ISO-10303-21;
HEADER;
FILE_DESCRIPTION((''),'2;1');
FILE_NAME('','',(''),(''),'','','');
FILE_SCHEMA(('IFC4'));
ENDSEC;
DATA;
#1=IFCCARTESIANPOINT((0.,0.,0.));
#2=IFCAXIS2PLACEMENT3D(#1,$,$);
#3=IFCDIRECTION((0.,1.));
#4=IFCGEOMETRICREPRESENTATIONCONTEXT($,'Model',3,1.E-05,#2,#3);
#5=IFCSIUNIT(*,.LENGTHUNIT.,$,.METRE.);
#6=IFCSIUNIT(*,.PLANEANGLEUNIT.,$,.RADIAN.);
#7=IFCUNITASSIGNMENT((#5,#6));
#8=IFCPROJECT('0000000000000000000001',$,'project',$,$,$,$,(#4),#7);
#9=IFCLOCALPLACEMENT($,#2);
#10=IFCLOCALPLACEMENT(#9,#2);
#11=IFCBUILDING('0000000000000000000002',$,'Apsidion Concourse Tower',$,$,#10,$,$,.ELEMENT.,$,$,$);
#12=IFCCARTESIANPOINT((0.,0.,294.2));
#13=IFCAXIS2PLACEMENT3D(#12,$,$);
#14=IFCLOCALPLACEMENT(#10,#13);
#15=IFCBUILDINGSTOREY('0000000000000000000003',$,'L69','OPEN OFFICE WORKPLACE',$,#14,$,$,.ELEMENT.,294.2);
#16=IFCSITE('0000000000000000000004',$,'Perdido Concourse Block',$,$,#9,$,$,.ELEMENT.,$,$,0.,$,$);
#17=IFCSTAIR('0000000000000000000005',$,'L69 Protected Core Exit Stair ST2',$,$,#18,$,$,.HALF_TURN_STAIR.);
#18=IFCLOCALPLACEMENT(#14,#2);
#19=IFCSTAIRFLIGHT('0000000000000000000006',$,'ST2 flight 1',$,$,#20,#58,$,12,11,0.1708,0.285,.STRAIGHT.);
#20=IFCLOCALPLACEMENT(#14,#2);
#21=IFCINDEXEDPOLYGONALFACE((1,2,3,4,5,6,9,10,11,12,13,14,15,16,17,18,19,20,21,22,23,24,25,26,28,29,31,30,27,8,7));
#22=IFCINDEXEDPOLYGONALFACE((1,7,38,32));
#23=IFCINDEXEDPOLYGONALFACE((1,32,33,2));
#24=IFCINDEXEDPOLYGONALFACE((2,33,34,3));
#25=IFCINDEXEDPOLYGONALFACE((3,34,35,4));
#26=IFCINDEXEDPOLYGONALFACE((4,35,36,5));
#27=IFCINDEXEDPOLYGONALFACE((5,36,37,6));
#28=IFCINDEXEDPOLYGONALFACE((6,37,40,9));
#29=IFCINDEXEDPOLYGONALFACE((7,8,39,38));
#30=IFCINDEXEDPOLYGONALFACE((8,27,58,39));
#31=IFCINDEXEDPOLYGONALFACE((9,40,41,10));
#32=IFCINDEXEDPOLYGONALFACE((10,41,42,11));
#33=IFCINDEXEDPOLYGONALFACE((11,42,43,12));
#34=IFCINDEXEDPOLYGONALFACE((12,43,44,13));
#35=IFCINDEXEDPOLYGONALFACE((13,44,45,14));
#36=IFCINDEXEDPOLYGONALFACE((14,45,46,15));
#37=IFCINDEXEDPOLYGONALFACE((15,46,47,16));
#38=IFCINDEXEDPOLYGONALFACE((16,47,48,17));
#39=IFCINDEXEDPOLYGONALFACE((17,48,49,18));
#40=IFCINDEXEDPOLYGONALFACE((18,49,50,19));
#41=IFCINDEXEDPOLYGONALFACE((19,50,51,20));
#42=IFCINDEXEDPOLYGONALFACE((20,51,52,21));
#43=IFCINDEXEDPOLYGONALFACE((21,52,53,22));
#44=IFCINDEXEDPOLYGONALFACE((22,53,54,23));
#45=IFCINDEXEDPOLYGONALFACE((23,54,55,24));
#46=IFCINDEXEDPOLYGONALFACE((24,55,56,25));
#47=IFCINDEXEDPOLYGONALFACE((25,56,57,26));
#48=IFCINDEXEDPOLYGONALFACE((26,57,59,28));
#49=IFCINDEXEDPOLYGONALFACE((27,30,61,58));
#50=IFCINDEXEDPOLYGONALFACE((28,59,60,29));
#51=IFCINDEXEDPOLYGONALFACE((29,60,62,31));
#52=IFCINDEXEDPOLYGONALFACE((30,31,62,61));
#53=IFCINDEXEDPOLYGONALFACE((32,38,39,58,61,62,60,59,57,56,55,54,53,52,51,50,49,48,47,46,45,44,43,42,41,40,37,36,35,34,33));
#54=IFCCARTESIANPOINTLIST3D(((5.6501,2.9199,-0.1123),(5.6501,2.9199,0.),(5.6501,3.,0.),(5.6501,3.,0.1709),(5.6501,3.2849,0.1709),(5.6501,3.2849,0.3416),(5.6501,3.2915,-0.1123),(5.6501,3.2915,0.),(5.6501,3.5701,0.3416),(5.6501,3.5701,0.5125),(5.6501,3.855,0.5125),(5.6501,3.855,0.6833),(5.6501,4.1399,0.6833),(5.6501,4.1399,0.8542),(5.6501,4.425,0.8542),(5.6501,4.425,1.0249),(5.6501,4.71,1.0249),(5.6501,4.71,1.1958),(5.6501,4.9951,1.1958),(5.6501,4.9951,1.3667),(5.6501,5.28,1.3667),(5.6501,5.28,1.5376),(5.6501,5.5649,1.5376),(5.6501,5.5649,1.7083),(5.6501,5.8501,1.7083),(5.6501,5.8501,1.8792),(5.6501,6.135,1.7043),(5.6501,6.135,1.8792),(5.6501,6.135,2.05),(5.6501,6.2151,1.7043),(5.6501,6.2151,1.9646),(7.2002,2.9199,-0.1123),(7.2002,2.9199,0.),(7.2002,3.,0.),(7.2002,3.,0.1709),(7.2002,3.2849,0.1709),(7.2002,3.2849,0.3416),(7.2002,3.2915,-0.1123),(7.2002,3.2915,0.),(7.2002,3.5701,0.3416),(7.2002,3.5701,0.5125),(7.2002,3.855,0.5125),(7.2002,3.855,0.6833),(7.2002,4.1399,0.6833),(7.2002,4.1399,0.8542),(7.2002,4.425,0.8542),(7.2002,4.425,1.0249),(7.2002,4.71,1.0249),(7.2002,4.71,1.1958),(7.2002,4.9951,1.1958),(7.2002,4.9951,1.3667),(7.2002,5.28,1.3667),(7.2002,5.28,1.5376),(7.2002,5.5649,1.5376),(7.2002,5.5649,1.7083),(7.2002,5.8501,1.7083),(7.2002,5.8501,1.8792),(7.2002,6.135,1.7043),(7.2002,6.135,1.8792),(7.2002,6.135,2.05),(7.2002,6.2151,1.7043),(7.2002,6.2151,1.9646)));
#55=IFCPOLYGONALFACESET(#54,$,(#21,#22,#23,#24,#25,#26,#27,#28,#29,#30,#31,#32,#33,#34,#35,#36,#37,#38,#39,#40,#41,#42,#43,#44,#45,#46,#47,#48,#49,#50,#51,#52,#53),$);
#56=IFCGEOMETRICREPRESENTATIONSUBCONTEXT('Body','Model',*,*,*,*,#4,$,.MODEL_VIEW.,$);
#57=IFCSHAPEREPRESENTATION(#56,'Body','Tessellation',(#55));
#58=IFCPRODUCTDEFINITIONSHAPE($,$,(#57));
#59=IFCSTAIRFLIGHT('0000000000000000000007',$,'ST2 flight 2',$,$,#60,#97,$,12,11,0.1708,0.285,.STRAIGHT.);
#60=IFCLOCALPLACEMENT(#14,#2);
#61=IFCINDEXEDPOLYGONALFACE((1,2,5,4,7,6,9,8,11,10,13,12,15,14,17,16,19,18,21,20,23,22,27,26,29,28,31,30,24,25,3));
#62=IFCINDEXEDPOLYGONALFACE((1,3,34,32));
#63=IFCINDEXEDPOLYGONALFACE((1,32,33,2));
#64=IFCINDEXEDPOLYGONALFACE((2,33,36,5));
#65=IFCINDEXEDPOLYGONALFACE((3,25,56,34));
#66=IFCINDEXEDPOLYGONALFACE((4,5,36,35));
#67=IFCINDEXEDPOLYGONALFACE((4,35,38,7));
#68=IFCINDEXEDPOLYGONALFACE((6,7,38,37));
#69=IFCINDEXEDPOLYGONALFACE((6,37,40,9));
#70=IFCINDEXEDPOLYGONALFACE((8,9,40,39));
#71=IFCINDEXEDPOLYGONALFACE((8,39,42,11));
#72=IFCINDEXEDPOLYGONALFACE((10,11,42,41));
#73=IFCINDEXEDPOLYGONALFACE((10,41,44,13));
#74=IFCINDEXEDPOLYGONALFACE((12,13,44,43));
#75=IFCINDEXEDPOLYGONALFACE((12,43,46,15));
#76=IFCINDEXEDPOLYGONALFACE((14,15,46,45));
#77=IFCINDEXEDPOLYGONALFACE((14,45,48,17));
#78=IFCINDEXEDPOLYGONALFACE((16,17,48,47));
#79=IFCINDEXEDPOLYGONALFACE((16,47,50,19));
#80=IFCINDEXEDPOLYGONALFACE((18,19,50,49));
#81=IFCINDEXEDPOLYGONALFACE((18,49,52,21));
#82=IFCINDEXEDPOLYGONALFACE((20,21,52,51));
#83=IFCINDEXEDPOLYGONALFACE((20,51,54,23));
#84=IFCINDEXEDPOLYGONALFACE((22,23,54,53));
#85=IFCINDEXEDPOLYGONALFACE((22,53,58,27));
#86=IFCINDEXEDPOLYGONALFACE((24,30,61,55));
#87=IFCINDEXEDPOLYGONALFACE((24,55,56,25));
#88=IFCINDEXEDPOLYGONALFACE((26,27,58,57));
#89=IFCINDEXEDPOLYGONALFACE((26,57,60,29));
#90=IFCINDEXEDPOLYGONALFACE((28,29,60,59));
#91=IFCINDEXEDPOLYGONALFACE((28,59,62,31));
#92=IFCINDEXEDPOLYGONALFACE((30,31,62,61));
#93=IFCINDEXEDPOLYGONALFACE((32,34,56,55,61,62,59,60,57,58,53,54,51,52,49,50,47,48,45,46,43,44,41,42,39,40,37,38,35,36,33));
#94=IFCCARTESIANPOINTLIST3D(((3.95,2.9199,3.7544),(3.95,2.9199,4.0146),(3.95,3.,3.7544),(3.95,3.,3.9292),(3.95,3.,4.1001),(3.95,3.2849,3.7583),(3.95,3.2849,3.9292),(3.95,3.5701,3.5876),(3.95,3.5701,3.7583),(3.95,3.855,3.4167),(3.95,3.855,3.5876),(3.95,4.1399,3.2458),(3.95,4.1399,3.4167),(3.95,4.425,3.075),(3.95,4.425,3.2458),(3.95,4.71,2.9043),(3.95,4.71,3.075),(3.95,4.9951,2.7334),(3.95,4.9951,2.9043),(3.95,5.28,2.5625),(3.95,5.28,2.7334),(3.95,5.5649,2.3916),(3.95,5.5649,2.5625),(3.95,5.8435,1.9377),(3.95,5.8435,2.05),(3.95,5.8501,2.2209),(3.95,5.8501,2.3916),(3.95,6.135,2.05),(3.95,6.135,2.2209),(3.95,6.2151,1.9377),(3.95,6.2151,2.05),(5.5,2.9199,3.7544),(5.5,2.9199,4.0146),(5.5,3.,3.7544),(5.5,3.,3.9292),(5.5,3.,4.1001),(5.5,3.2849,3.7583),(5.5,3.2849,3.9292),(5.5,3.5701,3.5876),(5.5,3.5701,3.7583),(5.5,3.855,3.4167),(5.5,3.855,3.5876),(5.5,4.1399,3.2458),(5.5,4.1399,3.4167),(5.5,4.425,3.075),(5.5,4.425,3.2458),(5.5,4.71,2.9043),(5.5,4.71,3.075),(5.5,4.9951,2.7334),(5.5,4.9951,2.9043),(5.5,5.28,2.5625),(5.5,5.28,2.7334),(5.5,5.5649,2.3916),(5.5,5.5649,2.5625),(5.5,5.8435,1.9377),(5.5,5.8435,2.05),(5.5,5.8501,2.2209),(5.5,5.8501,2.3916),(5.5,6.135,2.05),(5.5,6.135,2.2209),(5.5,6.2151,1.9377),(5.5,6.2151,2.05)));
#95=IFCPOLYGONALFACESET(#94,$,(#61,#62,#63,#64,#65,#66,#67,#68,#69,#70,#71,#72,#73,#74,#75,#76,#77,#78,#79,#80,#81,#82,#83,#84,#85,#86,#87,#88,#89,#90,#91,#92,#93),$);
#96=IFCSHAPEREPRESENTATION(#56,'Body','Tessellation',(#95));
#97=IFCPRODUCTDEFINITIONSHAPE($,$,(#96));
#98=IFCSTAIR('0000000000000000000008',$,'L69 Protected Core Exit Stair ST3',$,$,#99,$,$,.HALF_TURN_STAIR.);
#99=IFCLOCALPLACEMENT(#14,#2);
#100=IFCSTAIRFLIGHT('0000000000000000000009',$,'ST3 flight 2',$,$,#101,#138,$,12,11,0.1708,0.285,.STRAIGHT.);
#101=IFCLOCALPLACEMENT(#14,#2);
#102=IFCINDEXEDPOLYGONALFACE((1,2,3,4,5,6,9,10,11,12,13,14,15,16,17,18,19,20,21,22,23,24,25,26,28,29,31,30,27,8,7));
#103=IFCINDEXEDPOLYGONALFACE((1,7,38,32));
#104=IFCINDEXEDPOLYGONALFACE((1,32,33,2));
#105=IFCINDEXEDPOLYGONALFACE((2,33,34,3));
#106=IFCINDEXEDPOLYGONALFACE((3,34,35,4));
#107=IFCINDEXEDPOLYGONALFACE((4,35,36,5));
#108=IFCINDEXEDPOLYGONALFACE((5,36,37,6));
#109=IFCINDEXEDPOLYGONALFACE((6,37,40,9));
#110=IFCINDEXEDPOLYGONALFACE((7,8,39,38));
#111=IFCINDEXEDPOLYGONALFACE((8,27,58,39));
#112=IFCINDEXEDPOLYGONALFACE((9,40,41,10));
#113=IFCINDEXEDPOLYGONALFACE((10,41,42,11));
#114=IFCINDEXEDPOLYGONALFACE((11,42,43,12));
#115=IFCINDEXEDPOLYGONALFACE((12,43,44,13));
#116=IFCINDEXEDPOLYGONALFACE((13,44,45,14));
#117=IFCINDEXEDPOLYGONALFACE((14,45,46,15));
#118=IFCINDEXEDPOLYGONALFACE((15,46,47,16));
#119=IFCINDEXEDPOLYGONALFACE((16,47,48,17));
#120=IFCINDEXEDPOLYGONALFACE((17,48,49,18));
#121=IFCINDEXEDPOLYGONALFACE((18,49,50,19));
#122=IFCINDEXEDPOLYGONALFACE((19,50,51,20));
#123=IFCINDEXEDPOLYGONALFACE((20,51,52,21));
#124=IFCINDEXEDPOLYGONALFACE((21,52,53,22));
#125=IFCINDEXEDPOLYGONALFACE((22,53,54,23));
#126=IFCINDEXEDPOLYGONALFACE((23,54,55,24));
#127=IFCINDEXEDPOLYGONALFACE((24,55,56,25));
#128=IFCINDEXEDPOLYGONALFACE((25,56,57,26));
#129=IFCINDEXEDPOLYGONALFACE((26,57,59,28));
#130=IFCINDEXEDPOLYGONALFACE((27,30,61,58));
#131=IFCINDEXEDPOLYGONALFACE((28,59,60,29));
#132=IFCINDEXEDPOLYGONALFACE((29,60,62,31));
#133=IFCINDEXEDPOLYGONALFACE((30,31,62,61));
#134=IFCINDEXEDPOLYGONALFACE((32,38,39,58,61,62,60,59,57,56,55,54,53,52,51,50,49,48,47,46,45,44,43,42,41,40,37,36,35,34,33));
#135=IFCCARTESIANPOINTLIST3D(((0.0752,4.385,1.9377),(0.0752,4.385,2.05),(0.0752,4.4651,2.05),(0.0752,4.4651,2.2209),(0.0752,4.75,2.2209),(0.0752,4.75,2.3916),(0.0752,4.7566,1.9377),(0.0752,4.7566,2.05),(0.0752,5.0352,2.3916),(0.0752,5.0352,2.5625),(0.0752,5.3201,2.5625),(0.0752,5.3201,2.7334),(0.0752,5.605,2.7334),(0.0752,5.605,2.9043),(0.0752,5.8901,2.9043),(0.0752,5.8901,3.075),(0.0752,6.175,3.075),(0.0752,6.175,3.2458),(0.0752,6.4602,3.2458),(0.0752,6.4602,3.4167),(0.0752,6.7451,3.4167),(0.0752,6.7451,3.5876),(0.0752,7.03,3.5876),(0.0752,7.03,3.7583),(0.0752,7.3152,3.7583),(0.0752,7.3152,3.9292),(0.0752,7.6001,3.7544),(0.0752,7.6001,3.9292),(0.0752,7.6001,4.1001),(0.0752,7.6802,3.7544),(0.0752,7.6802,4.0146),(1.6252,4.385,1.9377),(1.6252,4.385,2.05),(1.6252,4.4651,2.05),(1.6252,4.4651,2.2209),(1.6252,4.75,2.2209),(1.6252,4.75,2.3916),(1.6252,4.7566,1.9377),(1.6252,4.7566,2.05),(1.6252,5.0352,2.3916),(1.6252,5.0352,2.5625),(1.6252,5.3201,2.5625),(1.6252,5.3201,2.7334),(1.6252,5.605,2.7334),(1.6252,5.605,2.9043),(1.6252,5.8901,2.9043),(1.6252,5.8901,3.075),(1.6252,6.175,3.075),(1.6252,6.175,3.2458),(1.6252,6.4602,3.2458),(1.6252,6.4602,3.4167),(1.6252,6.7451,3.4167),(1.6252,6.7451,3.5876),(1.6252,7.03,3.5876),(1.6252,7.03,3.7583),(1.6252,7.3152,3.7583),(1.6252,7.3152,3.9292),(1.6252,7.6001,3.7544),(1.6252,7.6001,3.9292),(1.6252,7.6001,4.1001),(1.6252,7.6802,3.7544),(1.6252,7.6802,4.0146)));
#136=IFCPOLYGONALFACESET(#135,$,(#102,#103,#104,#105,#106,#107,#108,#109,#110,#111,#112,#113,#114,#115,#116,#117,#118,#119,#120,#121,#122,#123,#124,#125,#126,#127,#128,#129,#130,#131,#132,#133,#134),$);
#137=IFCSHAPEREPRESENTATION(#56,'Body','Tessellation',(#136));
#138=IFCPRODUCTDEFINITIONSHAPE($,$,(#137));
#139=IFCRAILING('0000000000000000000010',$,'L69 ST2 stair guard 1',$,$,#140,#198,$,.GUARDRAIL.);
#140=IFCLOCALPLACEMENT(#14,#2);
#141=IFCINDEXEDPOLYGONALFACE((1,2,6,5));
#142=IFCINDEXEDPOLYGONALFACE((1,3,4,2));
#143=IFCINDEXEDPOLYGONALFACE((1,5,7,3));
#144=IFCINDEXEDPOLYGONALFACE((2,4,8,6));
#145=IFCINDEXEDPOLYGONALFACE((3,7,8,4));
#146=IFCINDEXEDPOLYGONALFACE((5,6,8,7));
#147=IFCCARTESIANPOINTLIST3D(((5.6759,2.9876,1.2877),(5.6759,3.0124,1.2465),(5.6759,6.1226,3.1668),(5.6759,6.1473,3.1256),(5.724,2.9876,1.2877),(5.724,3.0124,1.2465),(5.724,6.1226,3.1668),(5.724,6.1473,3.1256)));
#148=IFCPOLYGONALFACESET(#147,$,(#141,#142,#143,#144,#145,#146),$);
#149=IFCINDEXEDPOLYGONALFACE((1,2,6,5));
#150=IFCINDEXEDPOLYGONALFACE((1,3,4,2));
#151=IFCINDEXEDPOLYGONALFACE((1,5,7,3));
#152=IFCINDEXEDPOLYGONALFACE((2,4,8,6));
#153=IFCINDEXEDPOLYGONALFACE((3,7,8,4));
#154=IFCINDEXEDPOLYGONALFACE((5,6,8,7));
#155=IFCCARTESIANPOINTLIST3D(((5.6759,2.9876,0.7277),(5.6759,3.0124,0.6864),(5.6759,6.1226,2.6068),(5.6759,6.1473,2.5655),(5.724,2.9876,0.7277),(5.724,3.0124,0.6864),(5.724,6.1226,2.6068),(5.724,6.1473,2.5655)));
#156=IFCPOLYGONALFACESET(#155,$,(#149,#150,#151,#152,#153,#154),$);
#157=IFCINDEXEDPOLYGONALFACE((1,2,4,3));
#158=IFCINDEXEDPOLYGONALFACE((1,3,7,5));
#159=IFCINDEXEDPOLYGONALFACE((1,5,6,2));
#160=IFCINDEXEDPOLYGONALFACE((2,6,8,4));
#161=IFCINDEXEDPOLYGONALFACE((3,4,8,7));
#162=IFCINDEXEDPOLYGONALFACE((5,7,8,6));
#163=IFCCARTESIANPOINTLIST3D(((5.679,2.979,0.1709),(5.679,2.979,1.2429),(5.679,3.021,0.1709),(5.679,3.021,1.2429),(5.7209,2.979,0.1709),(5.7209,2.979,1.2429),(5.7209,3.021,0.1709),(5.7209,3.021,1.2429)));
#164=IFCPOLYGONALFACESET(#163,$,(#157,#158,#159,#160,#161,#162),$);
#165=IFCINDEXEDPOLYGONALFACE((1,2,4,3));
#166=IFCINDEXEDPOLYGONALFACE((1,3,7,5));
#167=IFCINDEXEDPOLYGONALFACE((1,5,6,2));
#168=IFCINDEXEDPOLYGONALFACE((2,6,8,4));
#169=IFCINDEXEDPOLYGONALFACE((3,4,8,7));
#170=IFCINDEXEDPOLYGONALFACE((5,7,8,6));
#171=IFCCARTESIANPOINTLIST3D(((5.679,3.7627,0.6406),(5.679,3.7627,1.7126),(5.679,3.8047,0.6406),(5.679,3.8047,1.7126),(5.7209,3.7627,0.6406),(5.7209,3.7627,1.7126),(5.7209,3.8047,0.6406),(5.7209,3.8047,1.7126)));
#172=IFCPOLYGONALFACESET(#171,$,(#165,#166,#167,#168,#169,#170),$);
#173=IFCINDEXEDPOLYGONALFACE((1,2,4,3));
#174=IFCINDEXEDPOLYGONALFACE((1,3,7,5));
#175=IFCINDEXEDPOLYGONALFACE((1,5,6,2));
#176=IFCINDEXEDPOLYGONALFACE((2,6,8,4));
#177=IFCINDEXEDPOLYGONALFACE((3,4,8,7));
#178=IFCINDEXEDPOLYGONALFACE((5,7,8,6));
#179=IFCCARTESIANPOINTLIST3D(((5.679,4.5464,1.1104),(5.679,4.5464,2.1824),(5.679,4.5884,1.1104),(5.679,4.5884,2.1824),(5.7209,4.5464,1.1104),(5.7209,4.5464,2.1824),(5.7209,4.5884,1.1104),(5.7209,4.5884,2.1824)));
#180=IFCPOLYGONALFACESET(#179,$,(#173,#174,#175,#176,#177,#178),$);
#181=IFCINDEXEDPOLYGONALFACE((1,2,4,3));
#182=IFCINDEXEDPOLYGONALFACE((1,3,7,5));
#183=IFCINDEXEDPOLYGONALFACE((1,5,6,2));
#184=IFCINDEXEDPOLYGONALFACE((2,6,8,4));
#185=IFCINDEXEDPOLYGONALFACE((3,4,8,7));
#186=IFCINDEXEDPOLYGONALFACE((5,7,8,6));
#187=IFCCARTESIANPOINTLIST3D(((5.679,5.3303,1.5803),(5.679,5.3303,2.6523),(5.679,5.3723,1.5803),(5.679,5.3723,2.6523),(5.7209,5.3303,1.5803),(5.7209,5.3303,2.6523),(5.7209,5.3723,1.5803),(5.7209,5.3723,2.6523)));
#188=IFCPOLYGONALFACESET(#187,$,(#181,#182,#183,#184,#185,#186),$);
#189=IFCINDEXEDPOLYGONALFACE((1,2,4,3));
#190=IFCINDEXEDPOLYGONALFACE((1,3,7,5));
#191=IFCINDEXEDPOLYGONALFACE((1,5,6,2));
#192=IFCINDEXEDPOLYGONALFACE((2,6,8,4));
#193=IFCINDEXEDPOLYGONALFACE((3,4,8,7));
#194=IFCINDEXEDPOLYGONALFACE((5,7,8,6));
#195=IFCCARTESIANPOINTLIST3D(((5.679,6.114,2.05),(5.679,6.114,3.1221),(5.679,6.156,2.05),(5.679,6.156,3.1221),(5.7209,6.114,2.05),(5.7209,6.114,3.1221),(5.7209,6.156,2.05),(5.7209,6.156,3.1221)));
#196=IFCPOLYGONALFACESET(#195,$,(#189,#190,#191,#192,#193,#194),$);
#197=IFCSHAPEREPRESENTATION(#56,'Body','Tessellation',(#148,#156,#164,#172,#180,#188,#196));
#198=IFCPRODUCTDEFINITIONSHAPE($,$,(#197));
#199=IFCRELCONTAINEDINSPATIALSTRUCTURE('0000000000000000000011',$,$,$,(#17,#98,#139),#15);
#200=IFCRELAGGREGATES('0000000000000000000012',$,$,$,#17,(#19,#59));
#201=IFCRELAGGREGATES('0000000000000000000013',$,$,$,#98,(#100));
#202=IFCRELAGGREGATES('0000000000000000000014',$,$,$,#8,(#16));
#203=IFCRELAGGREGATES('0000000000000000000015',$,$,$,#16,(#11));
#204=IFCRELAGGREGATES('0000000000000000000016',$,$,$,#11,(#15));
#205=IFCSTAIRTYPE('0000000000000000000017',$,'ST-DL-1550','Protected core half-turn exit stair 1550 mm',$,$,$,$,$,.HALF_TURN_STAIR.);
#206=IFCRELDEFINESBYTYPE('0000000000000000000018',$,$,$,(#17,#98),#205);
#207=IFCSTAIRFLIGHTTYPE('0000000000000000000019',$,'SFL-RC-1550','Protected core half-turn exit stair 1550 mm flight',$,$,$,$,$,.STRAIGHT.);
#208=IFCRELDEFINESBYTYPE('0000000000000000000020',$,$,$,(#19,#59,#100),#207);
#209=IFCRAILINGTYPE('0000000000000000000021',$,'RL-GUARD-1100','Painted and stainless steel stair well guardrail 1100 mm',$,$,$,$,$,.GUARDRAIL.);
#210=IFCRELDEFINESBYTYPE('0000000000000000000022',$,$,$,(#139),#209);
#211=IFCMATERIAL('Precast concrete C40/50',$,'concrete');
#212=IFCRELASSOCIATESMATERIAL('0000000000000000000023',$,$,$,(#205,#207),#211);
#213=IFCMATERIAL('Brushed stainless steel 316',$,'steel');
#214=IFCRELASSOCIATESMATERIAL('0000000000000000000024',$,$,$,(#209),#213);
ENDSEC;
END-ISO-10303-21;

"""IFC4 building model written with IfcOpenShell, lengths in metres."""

from ifc_helpers import new_model, si_unit, direction, frame, origin, origin_2d, place, context, subcontext, project, spatial, polyline, rectangle, outline, extrude, material, type_object, element, aggregate, save


model = new_model("IFC4")

# Units and contexts
model_context = context("Model", 3, precision=1e-05, world=origin(), true_north=direction((0.0, 1.0)))
body_context = subcontext(model_context, "Body", "Model", "MODEL_VIEW")
ifc_project = project(units=[si_unit("LENGTHUNIT", "METRE"), si_unit("PLANEANGLEUNIT", "RADIAN")], contexts=[model_context])

# Site, building, storey
site_placement = place(None, origin())
site = spatial("IfcSite", under=ifc_project, at=site_placement, Name="Perdido Concourse Block", CompositionType="ELEMENT", RefElevation=0.0)
building_placement = place(site_placement, origin())
building = spatial("IfcBuilding", under=site, at=building_placement, Name="Apsidion Concourse Tower", CompositionType="ELEMENT")
storey_placement = place(building_placement, frame((0.0, 0.0, 294.2)))
storey = spatial("IfcBuildingStorey", under=building, at=storey_placement, Name="L69", Description="OPEN OFFICE WORKPLACE", CompositionType="ELEMENT", Elevation=294.2)

# Stair, stair flights
ifc_material_1 = material(Name="Precast concrete C40/50", Category="concrete")
stair_type = type_object("IfcStairType", Name="ST-DL-1550", Description="Protected core half-turn exit stair 1550 mm", PredefinedType="HALF_TURN_STAIR", material=ifc_material_1)
stair_1_placement = place(storey_placement, origin())
stair_1 = element("IfcStair", 1, at=stair_1_placement, inside=storey, type_object=stair_type, Name="L69 Protected Core Exit Stair ST2", PredefinedType="HALF_TURN_STAIR")
stair_flight_type = type_object("IfcStairFlightType", Name="SFL-RC-1550", Description="Protected core half-turn exit stair 1550 mm flight", PredefinedType="STRAIGHT", material=ifc_material_1)
stair_flight_1_placement = place(storey_placement, frame((6.425, 3.0, 0.0), z_axis=(0.0, 0.0, 1.0), x_axis=(0.0, 1.0, 0.0)))
stair_flight_1 = element("IfcStairFlight", 2, at=stair_flight_1_placement, type_object=stair_flight_type, Name="ST2 flight 1", NumberOfRisers=12, NumberOfTreads=11, PredefinedType="STRAIGHT", RiserHeight=0.1708, TreadLength=0.285, context=body_context, shape_type="SweptSolid", body=[
    extrude(outline(polyline([(-0.0801, -0.1123), (-0.0801, 0.0), (0.0, 0.0), (0.0, 0.1709), (0.2849, 0.1709), (0.2849, 0.3416), (0.5701, 0.3416), (0.5701, 0.5125), (0.855, 0.5125), (0.855, 0.6833), (1.1399, 0.6833), (1.1399, 0.8542), (1.425, 0.8542), (1.425, 1.0249), (1.71, 1.0249), (1.71, 1.1958), (1.9951, 1.1958), (1.9951, 1.3667), (2.28, 1.3667), (2.28, 1.5376), (2.5649, 1.5376), (2.5649, 1.7083), (2.8501, 1.7083), (2.8501, 1.8792), (3.135, 1.8792), (3.135, 2.05), (3.2151, 1.9646), (3.2151, 1.7043), (3.135, 1.7043), (0.2915, 0.0), (0.2915, -0.1123), (-0.0801, -0.1123)])), frame((0.0, 0.7749, 0.0), z_axis=(0.0, -1.0, 0.0), x_axis=(1.0, 0.0, 0.0)), (0.0, 0.0, 1.0), 1.55),
])
stair_flight_2_placement = place(storey_placement, frame((4.7251, 6.135, 2.05), z_axis=(0.0, 0.0, 1.0), x_axis=(0.0, -1.0, 0.0)))
stair_flight_2 = element("IfcStairFlight", 3, at=stair_flight_2_placement, type_object=stair_flight_type, Name="ST2 flight 2", NumberOfRisers=12, NumberOfTreads=11, PredefinedType="STRAIGHT", RiserHeight=0.1708, TreadLength=0.285, context=body_context, shape_type="SweptSolid", body=[
    extrude(outline(polyline([(-0.0801, -0.1123), (-0.0801, 0.0), (0.0, 0.0), (0.0, 0.1709), (0.2849, 0.1709), (0.2849, 0.3416), (0.5701, 0.3416), (0.5701, 0.5125), (0.855, 0.5125), (0.855, 0.6833), (1.1399, 0.6833), (1.1399, 0.8542), (1.425, 0.8542), (1.425, 1.0249), (1.71, 1.0249), (1.71, 1.1958), (1.9951, 1.1958), (1.9951, 1.3667), (2.28, 1.3667), (2.28, 1.5376), (2.5649, 1.5376), (2.5649, 1.7083), (2.8501, 1.7083), (2.8501, 1.8792), (3.135, 1.8792), (3.135, 2.05), (3.2151, 1.9646), (3.2151, 1.7043), (3.135, 1.7043), (0.2915, 0.0), (0.2915, -0.1123), (-0.0801, -0.1123)])), frame((0.0, 0.7749, 0.0), z_axis=(0.0, -1.0, 0.0), x_axis=(1.0, 0.0, 0.0)), (0.0, 0.0, 1.0), 1.55),
])
aggregate(stair_1, [stair_flight_1, stair_flight_2])

# Stair, stair flight
stair_2_placement = place(storey_placement, origin())
stair_2 = element("IfcStair", 4, at=stair_2_placement, inside=storey, type_object=stair_type, Name="L69 Protected Core Exit Stair ST3", PredefinedType="HALF_TURN_STAIR")
stair_flight_3_placement = place(storey_placement, frame((0.8501, 4.4651, 2.05), z_axis=(0.0, 0.0, 1.0), x_axis=(0.0, 1.0, 0.0)))
stair_flight_3 = element("IfcStairFlight", 5, at=stair_flight_3_placement, type_object=stair_flight_type, Name="ST3 flight 2", NumberOfRisers=12, NumberOfTreads=11, PredefinedType="STRAIGHT", RiserHeight=0.1708, TreadLength=0.285, context=body_context, shape_type="SweptSolid", body=[
    extrude(outline(polyline([(-0.0801, -0.1123), (-0.0801, 0.0), (0.0, 0.0), (0.0, 0.1709), (0.2849, 0.1709), (0.2849, 0.3416), (0.5701, 0.3416), (0.5701, 0.5125), (0.855, 0.5125), (0.855, 0.6833), (1.1399, 0.6833), (1.1399, 0.8542), (1.425, 0.8542), (1.425, 1.0249), (1.71, 1.0249), (1.71, 1.1958), (1.9951, 1.1958), (1.9951, 1.3667), (2.28, 1.3667), (2.28, 1.5376), (2.5649, 1.5376), (2.5649, 1.7083), (2.8501, 1.7083), (2.8501, 1.8792), (3.135, 1.8792), (3.135, 2.05), (3.2151, 1.9646), (3.2151, 1.7043), (3.135, 1.7043), (0.2915, 0.0), (0.2915, -0.1123), (-0.0801, -0.1123)])), frame((0.0, 0.7749, 0.0), z_axis=(0.0, -1.0, 0.0), x_axis=(1.0, 0.0, 0.0)), (0.0, 0.0, 1.0), 1.55),
])
aggregate(stair_2, [stair_flight_3])

# Railing
ifc_material_2 = material(Name="Brushed stainless steel 316", Category="steel")
railing_type_1 = type_object("IfcRailingType", Name="RL-GUARD-1100", Description="Painted and stainless steel stair well guardrail 1100 mm", PredefinedType="GUARDRAIL", material=ifc_material_2)
railing_1_placement = place(storey_placement, frame((5.7, 3.0, 0.1709)))
element("IfcRailing", 6, at=railing_1_placement, inside=storey, type_object=railing_type_1, Name="L69 ST2 stair guard 1", PredefinedType="GUARDRAIL", context=body_context, shape_type="SweptSolid", body=[
    extrude(rectangle(XDim=0.0481, YDim=0.0481, at=origin_2d()), frame((0.0, 0.0, 1.0962), z_axis=(0.0, 0.857717, 0.514122), x_axis=(-1.0, 0.0, 0.0)), (0.0, 0.0, 1.0), 3.655),
    extrude(rectangle(XDim=0.0481, YDim=0.0481, at=origin_2d()), frame((0.0, 0.0, 0.5361), z_axis=(0.0, 0.857717, 0.514122), x_axis=(-1.0, 0.0, 0.0)), (0.0, 0.0, 1.0), 3.655),
    extrude(rectangle(XDim=0.042, YDim=0.042, at=origin_2d()), origin(), (0.0, 0.0, 1.0), 1.072),
    extrude(rectangle(XDim=0.042, YDim=0.042, at=origin_2d()), frame((0.0, 0.7837, 0.4697)), (0.0, 0.0, 1.0), 1.072),
    extrude(rectangle(XDim=0.042, YDim=0.042, at=origin_2d()), frame((0.0, 1.5674, 0.9395)), (0.0, 0.0, 1.0), 1.072),
    extrude(rectangle(XDim=0.042, YDim=0.042, at=origin_2d()), frame((0.0, 2.3513, 1.4094)), (0.0, 0.0, 1.0), 1.072),
    extrude(rectangle(XDim=0.042, YDim=0.042, at=origin_2d()), frame((0.0, 3.135, 1.8792)), (0.0, 0.0, 1.0), 1.072),
])

save(model, "model.ifc")
